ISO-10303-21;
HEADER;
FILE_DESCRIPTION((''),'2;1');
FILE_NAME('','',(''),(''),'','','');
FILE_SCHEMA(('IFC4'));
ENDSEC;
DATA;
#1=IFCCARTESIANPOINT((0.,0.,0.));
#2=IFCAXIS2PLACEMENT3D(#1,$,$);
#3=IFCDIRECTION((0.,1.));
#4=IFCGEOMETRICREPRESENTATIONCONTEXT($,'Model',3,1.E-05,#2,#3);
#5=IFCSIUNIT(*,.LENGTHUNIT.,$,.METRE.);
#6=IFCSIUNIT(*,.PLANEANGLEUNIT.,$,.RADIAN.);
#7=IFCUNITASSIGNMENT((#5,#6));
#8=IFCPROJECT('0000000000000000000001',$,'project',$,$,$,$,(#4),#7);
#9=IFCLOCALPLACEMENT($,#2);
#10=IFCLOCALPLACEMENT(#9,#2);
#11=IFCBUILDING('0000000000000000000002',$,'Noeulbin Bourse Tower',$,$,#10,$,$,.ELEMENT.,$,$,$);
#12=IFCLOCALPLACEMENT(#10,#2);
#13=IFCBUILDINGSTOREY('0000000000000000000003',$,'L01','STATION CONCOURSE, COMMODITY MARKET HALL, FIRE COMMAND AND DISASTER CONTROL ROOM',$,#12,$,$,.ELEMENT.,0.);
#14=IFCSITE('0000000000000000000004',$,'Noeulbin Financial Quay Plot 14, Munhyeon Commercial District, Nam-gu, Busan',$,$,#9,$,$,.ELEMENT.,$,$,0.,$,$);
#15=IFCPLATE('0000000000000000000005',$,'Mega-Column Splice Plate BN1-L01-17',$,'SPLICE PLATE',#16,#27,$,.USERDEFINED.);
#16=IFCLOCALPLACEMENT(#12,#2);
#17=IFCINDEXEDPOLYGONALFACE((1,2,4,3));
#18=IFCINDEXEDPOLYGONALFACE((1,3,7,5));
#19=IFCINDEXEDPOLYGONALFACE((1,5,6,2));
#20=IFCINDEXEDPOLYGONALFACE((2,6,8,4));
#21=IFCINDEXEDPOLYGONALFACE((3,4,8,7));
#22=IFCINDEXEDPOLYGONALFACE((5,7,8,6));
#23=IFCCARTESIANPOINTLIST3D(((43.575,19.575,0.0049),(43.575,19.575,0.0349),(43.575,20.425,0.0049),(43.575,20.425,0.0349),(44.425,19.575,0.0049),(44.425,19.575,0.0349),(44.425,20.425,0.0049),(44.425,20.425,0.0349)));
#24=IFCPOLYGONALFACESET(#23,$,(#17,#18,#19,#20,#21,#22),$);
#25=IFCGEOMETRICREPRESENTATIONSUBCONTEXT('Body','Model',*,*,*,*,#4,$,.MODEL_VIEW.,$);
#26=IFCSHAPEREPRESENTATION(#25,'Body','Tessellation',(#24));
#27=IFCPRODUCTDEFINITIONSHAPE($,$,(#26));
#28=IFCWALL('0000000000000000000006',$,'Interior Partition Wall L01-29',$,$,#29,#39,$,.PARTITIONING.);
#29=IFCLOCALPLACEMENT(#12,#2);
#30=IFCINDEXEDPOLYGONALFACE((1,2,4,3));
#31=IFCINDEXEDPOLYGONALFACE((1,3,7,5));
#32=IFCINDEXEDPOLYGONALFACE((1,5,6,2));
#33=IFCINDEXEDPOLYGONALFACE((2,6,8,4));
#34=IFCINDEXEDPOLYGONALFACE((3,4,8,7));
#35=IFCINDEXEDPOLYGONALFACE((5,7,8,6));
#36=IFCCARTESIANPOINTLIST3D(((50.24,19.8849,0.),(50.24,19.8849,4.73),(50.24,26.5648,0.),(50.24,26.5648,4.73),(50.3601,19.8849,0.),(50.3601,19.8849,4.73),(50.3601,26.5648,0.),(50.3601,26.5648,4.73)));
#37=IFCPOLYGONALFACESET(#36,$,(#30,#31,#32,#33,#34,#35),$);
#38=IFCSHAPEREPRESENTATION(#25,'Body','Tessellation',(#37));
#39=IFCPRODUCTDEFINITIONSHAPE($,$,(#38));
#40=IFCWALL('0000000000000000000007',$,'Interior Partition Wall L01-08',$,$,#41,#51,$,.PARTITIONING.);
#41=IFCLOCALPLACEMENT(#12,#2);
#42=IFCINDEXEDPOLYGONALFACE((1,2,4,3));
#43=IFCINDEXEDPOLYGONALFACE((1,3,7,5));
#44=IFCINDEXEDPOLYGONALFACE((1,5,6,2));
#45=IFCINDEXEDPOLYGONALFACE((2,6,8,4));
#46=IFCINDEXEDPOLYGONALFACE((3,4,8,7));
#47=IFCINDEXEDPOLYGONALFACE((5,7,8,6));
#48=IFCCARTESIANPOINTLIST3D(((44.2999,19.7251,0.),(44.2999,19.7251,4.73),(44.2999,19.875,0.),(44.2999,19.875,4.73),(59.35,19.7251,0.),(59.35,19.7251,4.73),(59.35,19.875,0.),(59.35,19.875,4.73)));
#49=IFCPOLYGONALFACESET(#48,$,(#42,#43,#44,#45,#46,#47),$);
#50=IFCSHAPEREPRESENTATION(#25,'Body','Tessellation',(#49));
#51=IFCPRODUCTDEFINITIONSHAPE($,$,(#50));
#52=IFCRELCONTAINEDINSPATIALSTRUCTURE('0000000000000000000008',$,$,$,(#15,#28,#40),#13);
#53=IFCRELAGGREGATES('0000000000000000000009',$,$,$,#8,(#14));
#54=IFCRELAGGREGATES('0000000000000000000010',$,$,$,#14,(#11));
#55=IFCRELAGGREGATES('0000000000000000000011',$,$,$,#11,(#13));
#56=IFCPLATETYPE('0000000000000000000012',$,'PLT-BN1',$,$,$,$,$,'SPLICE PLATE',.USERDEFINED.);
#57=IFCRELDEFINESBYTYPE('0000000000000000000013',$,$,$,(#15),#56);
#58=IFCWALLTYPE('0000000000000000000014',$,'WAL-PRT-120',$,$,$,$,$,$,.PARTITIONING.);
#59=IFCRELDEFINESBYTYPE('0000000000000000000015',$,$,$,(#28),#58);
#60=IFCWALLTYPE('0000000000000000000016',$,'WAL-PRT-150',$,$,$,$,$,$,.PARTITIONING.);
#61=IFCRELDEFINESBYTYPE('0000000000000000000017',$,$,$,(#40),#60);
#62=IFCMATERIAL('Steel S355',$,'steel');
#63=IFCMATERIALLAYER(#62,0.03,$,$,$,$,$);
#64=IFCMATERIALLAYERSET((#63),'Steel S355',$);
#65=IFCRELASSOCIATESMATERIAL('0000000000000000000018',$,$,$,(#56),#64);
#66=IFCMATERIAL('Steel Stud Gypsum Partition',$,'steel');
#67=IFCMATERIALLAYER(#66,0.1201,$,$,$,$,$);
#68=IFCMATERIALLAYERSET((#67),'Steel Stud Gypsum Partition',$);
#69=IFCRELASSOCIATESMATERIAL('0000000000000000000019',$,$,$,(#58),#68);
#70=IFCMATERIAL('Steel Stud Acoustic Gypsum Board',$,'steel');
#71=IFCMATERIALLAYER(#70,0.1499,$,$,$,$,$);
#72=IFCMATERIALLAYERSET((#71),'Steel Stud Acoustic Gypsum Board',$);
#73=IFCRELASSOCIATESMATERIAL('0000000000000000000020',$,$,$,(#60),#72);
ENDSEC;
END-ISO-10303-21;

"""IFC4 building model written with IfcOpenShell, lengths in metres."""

from ifc_helpers import new_model, si_unit, direction, frame, frame_2d, origin, origin_2d, place, context, subcontext, project, spatial, rectangle, extrude, material, layer, layer_set, type_object, element, save


model = new_model("IFC4")

# Units and contexts
model_context = context("Model", 3, precision=1e-05, world=origin(), true_north=direction((0.0, 1.0)))
body_context = subcontext(model_context, "Body", "Model", "MODEL_VIEW")
ifc_project = project(units=[si_unit("LENGTHUNIT", "METRE"), si_unit("PLANEANGLEUNIT", "RADIAN")], contexts=[model_context])

# Site, building, storey
site_placement = place(None, origin())
site = spatial("IfcSite", under=ifc_project, at=site_placement, Name="Noeulbin Financial Quay Plot 14, Munhyeon Commercial District, Nam-gu, Busan", CompositionType="ELEMENT", RefElevation=0.0)
building_placement = place(site_placement, origin())
building = spatial("IfcBuilding", under=site, at=building_placement, Name="Noeulbin Bourse Tower", CompositionType="ELEMENT")
storey_placement = place(building_placement, origin())
storey = spatial("IfcBuildingStorey", under=building, at=storey_placement, Name="L01", Description="STATION CONCOURSE, COMMODITY MARKET HALL, FIRE COMMAND AND DISASTER CONTROL ROOM", CompositionType="ELEMENT", Elevation=0.0)

# Shared definitions
ifc_material_1 = material(Name="Steel S355", Category="steel")

# Plate
ifc_layer_1 = layer(ifc_material_1, 0.03)
ifc_layer_set_1 = layer_set([ifc_layer_1], Name="Steel S355")
plate_type = type_object("IfcPlateType", Name="PLT-BN1", ElementType="SPLICE PLATE", PredefinedType="USERDEFINED", material=ifc_layer_set_1)
plate_placement = place(storey_placement, frame((44.0, 20.0, 0.0049), z_axis=(0.0, 0.0, 1.0), x_axis=(1.0, 0.0, 0.0)))
element("IfcPlate", 1, at=plate_placement, inside=storey, type_object=plate_type, Name="Mega-Column Splice Plate BN1-L01-17", ObjectType="SPLICE PLATE", PredefinedType="USERDEFINED", context=body_context, shape_type="SweptSolid", body=[
    extrude(rectangle(XDim=0.8501, YDim=0.8501, at=origin_2d()), origin(), (0.0, 0.0, 1.0), 0.03),
])

# Walls
ifc_material_2 = material(Name="Steel Stud Gypsum Partition", Category="steel")
ifc_layer_2 = layer(ifc_material_2, 0.1201)
ifc_layer_set_2 = layer_set([ifc_layer_2], Name="Steel Stud Gypsum Partition")
wall_type_1 = type_object("IfcWallType", Name="WAL-PRT-120", PredefinedType="PARTITIONING", material=ifc_layer_set_2)
wall_1_placement = place(storey_placement, frame((50.3, 19.885, 0.0), z_axis=(0.0, 0.0, 1.0), x_axis=(0.0, 1.0, 0.0)))
element("IfcWall", 2, at=wall_1_placement, inside=storey, type_object=wall_type_1, Name="Interior Partition Wall L01-29", PredefinedType="PARTITIONING", context=body_context, shape_type="SweptSolid", body=[
    extrude(rectangle(XDim=6.6799, YDim=0.1201, at=frame_2d((3.3398, 0.0))), origin(), (0.0, 0.0, 1.0), 4.73),
])
ifc_material_3 = material(Name="Steel Stud Acoustic Gypsum Board", Category="steel")
ifc_layer_3 = layer(ifc_material_3, 0.1499)
ifc_layer_set_3 = layer_set([ifc_layer_3], Name="Steel Stud Acoustic Gypsum Board")
wall_type_2 = type_object("IfcWallType", Name="WAL-PRT-150", PredefinedType="PARTITIONING", material=ifc_layer_set_3)
wall_2_placement = place(storey_placement, frame((44.3, 19.8, 0.0), z_axis=(0.0, 0.0, 1.0), x_axis=(1.0, 0.0, 0.0)))
element("IfcWall", 3, at=wall_2_placement, inside=storey, type_object=wall_type_2, Name="Interior Partition Wall L01-08", PredefinedType="PARTITIONING", context=body_context, shape_type="SweptSolid", body=[
    extrude(rectangle(XDim=15.05, YDim=0.1499, at=frame_2d((7.5249, 0.0))), origin(), (0.0, 0.0, 1.0), 4.73),
])

save(model, "model.ifc")
